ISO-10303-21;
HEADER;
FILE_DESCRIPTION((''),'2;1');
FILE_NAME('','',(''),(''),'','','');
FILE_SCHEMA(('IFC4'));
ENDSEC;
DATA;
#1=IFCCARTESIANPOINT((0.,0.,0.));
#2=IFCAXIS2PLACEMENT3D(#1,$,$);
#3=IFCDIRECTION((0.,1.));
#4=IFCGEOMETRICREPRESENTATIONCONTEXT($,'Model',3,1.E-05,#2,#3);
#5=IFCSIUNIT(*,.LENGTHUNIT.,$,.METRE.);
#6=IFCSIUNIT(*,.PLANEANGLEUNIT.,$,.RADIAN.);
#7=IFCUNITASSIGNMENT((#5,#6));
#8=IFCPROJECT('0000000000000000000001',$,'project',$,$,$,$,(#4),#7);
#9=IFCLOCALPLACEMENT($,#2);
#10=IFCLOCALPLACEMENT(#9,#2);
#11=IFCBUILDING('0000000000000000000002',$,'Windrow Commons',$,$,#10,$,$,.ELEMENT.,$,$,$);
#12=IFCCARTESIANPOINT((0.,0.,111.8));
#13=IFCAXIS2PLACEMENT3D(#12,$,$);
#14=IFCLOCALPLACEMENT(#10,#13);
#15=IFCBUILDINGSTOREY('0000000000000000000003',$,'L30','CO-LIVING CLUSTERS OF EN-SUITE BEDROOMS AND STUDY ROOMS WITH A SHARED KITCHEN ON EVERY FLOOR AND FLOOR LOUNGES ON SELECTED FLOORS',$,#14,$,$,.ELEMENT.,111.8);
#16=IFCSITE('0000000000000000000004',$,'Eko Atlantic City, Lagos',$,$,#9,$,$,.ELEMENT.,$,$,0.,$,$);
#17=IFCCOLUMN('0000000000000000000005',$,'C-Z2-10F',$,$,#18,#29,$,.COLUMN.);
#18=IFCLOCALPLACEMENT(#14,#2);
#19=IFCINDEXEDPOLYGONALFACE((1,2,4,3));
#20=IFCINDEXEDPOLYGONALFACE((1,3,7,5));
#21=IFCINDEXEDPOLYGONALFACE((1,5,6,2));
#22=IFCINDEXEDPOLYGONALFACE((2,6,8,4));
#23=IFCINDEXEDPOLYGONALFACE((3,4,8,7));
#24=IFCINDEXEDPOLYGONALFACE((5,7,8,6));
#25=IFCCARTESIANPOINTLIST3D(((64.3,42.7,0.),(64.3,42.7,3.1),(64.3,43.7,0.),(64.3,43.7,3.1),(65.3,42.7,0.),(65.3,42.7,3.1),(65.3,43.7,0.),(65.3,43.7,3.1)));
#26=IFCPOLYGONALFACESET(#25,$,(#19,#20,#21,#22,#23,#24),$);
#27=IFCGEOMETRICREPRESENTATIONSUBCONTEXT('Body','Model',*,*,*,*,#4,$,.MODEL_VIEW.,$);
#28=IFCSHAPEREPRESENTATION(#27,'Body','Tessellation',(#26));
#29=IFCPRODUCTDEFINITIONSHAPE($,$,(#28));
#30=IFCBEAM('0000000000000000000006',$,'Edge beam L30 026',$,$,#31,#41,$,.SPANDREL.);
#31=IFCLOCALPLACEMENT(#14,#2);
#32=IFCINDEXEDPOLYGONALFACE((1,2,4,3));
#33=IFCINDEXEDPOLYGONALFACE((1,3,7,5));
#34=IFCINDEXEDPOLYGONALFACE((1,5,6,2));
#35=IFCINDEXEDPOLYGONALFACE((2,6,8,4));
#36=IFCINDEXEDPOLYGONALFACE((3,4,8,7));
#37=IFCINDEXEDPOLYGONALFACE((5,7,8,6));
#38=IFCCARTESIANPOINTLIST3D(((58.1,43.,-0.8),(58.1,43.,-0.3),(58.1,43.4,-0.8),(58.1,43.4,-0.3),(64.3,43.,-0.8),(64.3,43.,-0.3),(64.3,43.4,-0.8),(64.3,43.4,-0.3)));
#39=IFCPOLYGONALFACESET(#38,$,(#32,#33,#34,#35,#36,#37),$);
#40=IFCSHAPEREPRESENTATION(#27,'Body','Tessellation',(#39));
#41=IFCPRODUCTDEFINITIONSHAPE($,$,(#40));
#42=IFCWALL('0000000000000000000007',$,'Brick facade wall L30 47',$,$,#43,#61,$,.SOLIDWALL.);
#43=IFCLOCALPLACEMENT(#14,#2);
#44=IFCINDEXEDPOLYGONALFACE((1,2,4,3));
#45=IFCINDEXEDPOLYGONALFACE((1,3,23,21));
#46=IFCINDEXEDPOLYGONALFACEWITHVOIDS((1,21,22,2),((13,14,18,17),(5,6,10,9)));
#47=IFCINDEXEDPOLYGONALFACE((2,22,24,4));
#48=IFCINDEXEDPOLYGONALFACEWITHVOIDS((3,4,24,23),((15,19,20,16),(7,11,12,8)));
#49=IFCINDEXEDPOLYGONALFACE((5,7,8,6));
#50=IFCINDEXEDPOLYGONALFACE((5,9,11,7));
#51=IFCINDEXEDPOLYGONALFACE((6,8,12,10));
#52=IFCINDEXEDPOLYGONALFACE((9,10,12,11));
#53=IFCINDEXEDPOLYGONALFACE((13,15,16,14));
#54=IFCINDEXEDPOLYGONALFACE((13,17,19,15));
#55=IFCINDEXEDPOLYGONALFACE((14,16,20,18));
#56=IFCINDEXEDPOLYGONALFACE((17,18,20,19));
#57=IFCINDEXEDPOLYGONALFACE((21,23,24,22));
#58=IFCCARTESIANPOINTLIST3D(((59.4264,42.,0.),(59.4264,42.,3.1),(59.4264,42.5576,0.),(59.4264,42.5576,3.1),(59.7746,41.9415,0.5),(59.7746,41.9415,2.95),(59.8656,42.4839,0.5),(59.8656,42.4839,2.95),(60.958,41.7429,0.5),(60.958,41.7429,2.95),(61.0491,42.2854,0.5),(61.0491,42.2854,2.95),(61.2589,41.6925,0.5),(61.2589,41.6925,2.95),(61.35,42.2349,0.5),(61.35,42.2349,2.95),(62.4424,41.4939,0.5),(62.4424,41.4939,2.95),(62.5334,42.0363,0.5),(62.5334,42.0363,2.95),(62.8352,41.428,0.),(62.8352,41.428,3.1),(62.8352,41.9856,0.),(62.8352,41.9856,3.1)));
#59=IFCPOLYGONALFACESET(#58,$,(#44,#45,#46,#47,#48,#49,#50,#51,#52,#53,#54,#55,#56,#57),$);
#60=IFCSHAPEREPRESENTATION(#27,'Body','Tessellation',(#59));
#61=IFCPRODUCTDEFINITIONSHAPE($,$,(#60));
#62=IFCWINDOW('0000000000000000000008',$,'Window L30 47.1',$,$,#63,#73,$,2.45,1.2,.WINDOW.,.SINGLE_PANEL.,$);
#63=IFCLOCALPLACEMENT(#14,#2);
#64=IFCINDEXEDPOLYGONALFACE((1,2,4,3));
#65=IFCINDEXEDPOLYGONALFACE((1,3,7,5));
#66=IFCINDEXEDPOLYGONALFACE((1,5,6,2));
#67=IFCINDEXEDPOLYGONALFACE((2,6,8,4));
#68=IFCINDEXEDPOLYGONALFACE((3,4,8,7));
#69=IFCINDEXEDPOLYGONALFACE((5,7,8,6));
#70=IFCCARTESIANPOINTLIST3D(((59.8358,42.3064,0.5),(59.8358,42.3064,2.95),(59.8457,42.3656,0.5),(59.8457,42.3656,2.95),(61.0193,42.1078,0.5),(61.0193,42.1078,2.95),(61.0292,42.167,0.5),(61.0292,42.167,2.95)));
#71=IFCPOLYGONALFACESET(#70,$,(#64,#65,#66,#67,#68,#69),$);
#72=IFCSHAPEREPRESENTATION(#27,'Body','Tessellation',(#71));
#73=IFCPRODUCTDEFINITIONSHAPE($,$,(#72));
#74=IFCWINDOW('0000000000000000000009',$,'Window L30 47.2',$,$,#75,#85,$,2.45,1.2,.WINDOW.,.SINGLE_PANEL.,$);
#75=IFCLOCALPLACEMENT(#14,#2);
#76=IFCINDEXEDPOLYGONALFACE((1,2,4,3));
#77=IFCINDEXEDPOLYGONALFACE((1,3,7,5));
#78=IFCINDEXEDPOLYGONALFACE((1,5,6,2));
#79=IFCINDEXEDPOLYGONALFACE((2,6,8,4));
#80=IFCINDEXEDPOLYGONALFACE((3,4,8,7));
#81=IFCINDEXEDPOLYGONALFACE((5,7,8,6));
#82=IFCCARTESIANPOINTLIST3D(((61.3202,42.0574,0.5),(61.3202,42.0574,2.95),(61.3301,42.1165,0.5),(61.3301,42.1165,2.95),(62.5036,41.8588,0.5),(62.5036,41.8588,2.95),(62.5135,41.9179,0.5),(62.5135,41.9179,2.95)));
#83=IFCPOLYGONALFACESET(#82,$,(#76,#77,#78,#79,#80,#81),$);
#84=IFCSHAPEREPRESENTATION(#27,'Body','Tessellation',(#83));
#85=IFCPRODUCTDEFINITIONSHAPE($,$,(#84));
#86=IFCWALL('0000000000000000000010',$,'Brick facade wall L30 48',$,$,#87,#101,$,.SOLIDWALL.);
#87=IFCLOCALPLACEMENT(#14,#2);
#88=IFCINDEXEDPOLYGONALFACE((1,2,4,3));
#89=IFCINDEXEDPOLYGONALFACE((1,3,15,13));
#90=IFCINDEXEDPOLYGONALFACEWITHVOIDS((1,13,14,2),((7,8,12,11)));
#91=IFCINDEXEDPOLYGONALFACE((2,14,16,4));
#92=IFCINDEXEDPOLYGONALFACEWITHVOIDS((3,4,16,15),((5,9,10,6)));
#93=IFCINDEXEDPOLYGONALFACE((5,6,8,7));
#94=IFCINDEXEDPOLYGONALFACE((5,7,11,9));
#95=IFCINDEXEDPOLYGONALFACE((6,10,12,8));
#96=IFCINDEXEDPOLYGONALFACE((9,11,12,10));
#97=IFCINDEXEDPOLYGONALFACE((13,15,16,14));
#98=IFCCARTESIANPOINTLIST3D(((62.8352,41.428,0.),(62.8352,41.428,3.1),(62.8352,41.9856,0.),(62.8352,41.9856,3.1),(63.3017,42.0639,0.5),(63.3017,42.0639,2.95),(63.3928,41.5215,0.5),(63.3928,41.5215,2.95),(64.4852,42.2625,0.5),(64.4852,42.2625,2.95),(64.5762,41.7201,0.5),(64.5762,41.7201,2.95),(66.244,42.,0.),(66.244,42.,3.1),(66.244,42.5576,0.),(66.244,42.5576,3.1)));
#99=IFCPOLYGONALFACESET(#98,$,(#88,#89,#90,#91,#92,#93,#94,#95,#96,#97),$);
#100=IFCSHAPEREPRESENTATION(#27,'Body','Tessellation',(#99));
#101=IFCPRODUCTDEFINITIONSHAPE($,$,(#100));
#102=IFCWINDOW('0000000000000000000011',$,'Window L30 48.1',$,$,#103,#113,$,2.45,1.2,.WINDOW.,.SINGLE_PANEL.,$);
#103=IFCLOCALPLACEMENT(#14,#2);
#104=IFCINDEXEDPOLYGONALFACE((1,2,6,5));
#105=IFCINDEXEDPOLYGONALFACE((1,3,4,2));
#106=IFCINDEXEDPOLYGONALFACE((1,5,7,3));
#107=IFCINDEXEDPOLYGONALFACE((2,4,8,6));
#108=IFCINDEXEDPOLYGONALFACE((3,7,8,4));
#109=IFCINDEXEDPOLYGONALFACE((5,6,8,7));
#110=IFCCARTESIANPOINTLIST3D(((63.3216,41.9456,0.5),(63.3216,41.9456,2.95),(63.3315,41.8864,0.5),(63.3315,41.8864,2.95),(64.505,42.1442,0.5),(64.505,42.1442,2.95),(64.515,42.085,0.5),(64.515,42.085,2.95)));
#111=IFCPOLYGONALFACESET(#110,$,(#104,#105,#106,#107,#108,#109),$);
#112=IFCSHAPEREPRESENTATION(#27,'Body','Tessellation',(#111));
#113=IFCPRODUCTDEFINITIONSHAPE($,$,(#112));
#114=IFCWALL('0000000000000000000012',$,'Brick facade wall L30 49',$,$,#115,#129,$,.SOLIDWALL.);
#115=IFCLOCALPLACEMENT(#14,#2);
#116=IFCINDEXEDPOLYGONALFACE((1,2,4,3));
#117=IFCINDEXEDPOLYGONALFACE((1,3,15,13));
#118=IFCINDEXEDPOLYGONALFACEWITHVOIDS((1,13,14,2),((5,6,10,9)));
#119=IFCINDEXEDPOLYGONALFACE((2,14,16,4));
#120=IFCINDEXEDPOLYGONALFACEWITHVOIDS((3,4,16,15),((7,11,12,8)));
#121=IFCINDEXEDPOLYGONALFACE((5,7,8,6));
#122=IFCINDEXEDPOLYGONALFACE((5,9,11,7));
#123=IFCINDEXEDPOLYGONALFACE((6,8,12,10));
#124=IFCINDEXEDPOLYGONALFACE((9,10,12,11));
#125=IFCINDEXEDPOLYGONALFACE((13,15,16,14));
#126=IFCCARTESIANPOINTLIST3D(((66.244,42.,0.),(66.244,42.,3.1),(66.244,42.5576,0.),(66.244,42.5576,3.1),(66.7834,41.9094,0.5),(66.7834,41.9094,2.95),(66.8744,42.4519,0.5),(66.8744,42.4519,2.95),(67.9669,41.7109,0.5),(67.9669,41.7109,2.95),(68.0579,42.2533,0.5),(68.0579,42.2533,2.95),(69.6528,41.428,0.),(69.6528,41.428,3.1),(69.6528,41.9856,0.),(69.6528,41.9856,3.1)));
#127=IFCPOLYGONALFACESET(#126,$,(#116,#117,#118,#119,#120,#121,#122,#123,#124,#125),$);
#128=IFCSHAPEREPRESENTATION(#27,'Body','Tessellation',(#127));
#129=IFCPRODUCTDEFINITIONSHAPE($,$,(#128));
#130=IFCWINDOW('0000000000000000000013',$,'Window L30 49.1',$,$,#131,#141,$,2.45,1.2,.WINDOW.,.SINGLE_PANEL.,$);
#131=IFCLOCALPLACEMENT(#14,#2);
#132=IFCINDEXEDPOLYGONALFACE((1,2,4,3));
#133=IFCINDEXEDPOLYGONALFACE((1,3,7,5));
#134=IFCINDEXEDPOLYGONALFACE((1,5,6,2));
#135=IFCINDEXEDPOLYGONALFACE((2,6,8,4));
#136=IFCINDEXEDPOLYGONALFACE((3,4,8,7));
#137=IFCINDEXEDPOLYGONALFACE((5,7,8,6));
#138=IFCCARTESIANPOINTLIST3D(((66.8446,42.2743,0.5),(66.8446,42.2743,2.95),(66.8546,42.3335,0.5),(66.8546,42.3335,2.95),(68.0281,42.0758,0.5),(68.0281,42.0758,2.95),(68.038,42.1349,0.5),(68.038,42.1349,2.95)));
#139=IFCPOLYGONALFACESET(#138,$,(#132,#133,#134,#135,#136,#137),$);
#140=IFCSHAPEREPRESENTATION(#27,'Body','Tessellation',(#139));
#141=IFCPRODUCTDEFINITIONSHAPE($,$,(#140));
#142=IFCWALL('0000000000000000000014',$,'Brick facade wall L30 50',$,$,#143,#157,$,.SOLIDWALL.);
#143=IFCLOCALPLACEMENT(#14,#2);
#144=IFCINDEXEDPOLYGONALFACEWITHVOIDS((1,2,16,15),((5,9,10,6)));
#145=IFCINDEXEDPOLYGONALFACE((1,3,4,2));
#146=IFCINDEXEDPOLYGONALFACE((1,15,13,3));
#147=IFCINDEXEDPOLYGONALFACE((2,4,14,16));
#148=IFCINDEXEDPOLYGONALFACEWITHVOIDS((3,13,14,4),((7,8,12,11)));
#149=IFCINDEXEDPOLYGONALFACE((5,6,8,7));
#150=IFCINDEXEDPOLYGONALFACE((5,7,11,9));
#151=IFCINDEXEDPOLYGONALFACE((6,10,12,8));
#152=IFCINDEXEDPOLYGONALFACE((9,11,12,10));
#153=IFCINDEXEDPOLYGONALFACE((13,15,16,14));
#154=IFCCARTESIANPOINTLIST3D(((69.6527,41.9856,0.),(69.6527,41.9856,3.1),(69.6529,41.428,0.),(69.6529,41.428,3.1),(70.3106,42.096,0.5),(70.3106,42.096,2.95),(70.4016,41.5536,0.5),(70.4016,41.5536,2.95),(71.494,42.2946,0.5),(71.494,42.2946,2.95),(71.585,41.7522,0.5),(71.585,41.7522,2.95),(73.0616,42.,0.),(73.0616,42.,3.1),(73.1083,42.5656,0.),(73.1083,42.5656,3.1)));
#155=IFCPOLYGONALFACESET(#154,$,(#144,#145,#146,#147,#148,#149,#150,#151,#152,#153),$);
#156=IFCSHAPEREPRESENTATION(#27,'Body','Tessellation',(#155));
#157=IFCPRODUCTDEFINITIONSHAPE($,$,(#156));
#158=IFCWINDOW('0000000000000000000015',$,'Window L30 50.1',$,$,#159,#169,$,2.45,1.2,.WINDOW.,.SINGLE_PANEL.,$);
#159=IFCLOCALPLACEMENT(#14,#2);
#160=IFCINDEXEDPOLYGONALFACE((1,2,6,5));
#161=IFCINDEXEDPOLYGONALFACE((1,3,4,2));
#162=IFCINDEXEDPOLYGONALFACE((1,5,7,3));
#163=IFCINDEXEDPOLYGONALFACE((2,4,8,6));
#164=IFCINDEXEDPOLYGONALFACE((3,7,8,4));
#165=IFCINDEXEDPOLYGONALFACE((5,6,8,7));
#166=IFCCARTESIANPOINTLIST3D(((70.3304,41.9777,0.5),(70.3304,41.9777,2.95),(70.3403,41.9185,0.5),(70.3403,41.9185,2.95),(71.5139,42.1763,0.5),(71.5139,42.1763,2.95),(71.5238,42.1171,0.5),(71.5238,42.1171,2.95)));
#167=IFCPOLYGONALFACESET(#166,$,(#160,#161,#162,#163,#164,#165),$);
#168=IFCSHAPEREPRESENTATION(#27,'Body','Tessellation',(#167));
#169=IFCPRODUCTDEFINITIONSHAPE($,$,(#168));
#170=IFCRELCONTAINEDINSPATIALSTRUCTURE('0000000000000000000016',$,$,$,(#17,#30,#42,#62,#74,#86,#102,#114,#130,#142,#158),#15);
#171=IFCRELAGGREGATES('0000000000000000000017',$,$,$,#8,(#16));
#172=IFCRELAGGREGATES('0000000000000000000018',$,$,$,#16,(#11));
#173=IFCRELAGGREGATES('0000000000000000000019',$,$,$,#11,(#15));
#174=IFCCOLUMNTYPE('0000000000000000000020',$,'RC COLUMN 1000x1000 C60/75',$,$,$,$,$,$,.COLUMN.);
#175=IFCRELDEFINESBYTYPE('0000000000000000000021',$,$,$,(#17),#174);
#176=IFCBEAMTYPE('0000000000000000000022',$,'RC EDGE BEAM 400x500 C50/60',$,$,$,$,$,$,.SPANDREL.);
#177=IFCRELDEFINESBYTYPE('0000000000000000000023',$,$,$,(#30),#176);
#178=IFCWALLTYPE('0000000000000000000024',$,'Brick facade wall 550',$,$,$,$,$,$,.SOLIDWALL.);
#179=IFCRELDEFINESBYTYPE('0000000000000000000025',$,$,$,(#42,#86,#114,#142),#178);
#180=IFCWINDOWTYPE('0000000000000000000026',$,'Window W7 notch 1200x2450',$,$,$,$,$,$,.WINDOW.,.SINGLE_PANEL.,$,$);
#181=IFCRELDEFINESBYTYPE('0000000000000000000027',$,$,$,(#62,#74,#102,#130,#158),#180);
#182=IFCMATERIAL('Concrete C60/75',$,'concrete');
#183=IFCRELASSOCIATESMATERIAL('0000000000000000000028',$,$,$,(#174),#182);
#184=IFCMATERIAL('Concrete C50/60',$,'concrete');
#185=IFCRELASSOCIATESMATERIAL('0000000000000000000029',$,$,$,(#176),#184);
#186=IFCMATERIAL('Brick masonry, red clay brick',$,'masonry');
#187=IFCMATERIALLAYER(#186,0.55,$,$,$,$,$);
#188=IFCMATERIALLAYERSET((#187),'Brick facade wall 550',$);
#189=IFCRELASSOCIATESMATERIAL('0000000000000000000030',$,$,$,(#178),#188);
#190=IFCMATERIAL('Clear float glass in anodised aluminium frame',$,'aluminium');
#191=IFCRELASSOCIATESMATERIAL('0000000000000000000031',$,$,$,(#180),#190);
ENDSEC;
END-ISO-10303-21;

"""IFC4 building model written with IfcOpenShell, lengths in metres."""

from ifc_helpers import new_model, si_unit, direction, frame, frame_2d, origin, origin_2d, place, context, subcontext, project, spatial, polyline, rectangle, outline, extrude, material, layer, layer_set, material_profile, profile_set, type_object, element, fill, save


model = new_model("IFC4")

# Units and contexts
model_context = context("Model", 3, precision=1e-05, world=origin(), true_north=direction((0.0, 1.0)))
body_context = subcontext(model_context, "Body", "Model", "MODEL_VIEW")
ifc_project = project(units=[si_unit("LENGTHUNIT", "METRE"), si_unit("PLANEANGLEUNIT", "RADIAN")], contexts=[model_context])

# Site, building, storey
site_placement = place(None, origin())
site = spatial("IfcSite", under=ifc_project, at=site_placement, Name="Eko Atlantic City, Lagos", CompositionType="ELEMENT", RefElevation=0.0)
building_placement = place(site_placement, origin())
building = spatial("IfcBuilding", under=site, at=building_placement, Name="Windrow Commons", CompositionType="ELEMENT")
storey_placement = place(building_placement, frame((0.0, 0.0, 111.8)))
storey = spatial("IfcBuildingStorey", under=building, at=storey_placement, Name="L30", Description="CO-LIVING CLUSTERS OF EN-SUITE BEDROOMS AND STUDY ROOMS WITH A SHARED KITCHEN ON EVERY FLOOR AND FLOOR LOUNGES ON SELECTED FLOORS", CompositionType="ELEMENT", Elevation=111.8)

# Column
ifc_material_1 = material(Name="Concrete C60/75", Category="concrete")
ifc_material_profile_1 = material_profile(ifc_material_1, rectangle(XDim=1.0, YDim=1.0, at=origin_2d()))
ifc_profile_set_1 = profile_set([ifc_material_profile_1], Name="Concrete C60/75")
column_type = type_object("IfcColumnType", Name="RC COLUMN 1000x1000 C60/75", PredefinedType="COLUMN", material=ifc_profile_set_1)
column_placement = place(storey_placement, frame((64.8, 43.2, 0.0), z_axis=(0.0, 0.0, 1.0), x_axis=(1.0, 0.0, 0.0)))
element("IfcColumn", 1, at=column_placement, inside=storey, type_object=column_type, Name="C-Z2-10F", PredefinedType="COLUMN", context=body_context, shape_type="SweptSolid", body=[
    extrude(rectangle(XDim=1.0, YDim=1.0, at=origin_2d()), origin(), (0.0, 0.0, 1.0), 3.1),
])

# Beam
ifc_material_2 = material(Name="Concrete C50/60", Category="concrete")
ifc_material_profile_2 = material_profile(ifc_material_2, rectangle(XDim=0.4, YDim=0.5, at=origin_2d()))
ifc_profile_set_2 = profile_set([ifc_material_profile_2], Name="Concrete C50/60")
beam_type = type_object("IfcBeamType", Name="RC EDGE BEAM 400x500 C50/60", PredefinedType="SPANDREL", material=ifc_profile_set_2)
beam_placement = place(storey_placement, frame((64.3, 43.2, -0.55), z_axis=(-1.0, 0.0, 0.0), x_axis=(0.0, -1.0, 0.0)))
element("IfcBeam", 2, at=beam_placement, inside=storey, type_object=beam_type, Name="Edge beam L30 026", PredefinedType="SPANDREL", context=body_context, shape_type="SweptSolid", body=[
    extrude(rectangle(XDim=0.4, YDim=0.5, at=origin_2d()), origin(), (0.0, 0.0, 1.0), 6.2),
])

# Wall, openings, windows
ifc_material_3 = material(Name="Brick masonry, red clay brick", Category="masonry")
ifc_layer_1 = layer(ifc_material_3, 0.55)
ifc_layer_set_1 = layer_set([ifc_layer_1], Name="Brick facade wall 550")
wall_type_1 = type_object("IfcWallType", Name="Brick facade wall 550", PredefinedType="SOLIDWALL", material=ifc_layer_set_1)
wall_1_placement = place(storey_placement, frame((59.4264, 42.2788, 0.0), z_axis=(0.0, 0.0, 1.0), x_axis=(0.986212, -0.165487, 0.0)))
wall_1 = element("IfcWall", 3, at=wall_1_placement, inside=storey, type_object=wall_type_1, Name="Brick facade wall L30 47", PredefinedType="SOLIDWALL", context=body_context, shape_type="SweptSolid", body=[
    extrude(outline(polyline([(0.0461, -0.275), (3.5026, -0.275), (3.4103, 0.275), (-0.0461, 0.275), (0.0461, -0.275)])), origin(), (0.0, 0.0, 1.0), 3.1),
])
opening_1_placement = place(wall_1_placement, frame((0.3992, 0.0, 0.5)))
opening_1 = element("IfcOpeningElement", 4, at=opening_1_placement, cuts=wall_1, PredefinedType="OPENING", context=body_context, shape_type="SweptSolid", body=[
    extrude(rectangle(XDim=1.2, YDim=2.45, at=frame_2d((0.6, 1.225))), frame((0.0, 0.285, 0.0), z_axis=(0.0, -1.0, 0.0), x_axis=(1.0, 0.0, 0.0)), (0.0, 0.0, 1.0), 0.57),
])
opening_2_placement = place(wall_1_placement, frame((1.9043, 0.0, 0.5)))
opening_2 = element("IfcOpeningElement", 5, at=opening_2_placement, cuts=wall_1, PredefinedType="OPENING", context=body_context, shape_type="SweptSolid", body=[
    extrude(rectangle(XDim=1.2, YDim=2.45, at=frame_2d((0.6, 1.225))), frame((0.0, 0.285, 0.0), z_axis=(0.0, -1.0, 0.0), x_axis=(1.0, 0.0, 0.0)), (0.0, 0.0, 1.0), 0.57),
])
ifc_material_4 = material(Name="Clear float glass in anodised aluminium frame", Category="aluminium")
window_type = type_object("IfcWindowType", Name="Window W7 notch 1200x2450", PartitioningType="SINGLE_PANEL", PredefinedType="WINDOW", material=ifc_material_4)
window_1_placement = place(opening_1_placement, origin())
window_1 = element("IfcWindow", 6, at=window_1_placement, inside=storey, type_object=window_type, Name="Window L30 47.1", OverallHeight=2.45, OverallWidth=1.2, PartitioningType="SINGLE_PANEL", PredefinedType="WINDOW", context=body_context, shape_type="SweptSolid", body=[
    extrude(rectangle(XDim=1.2, YDim=2.45, at=frame_2d((0.6, 1.225))), frame((0.0, 0.155, 0.0), z_axis=(0.0, -1.0, 0.0), x_axis=(1.0, 0.0, 0.0)), (0.0, 0.0, 1.0), 0.06),
])
fill(opening_1, window_1)
window_2_placement = place(opening_2_placement, origin())
window_2 = element("IfcWindow", 7, at=window_2_placement, inside=storey, type_object=window_type, Name="Window L30 47.2", OverallHeight=2.45, OverallWidth=1.2, PartitioningType="SINGLE_PANEL", PredefinedType="WINDOW", context=body_context, shape_type="SweptSolid", body=[
    extrude(rectangle(XDim=1.2, YDim=2.45, at=frame_2d((0.6, 1.225))), frame((0.0, 0.155, 0.0), z_axis=(0.0, -1.0, 0.0), x_axis=(1.0, 0.0, 0.0)), (0.0, 0.0, 1.0), 0.06),
])
fill(opening_2, window_2)

# Walls, openings, windows
wall_2_placement = place(storey_placement, frame((62.8352, 41.7068, 0.0), z_axis=(0.0, 0.0, 1.0), x_axis=(0.986212, 0.165487, 0.0)))
wall_2 = element("IfcWall", 8, at=wall_2_placement, inside=storey, type_object=wall_type_1, Name="Brick facade wall L30 48", PredefinedType="SOLIDWALL", context=body_context, shape_type="SweptSolid", body=[
    extrude(outline(polyline([(-0.0461, -0.275), (3.4103, -0.275), (3.5026, 0.275), (0.0461, 0.275), (-0.0461, -0.275)])), origin(), (0.0, 0.0, 1.0), 3.1),
])
opening_3_placement = place(wall_2_placement, frame((0.5192, 0.0, 0.5)))
opening_3 = element("IfcOpeningElement", 9, at=opening_3_placement, cuts=wall_2, PredefinedType="OPENING", context=body_context, shape_type="SweptSolid", body=[
    extrude(rectangle(XDim=1.2, YDim=2.45, at=frame_2d((0.6, 1.225))), frame((0.0, 0.285, 0.0), z_axis=(0.0, -1.0, 0.0), x_axis=(1.0, 0.0, 0.0)), (0.0, 0.0, 1.0), 0.57),
])
window_3_placement = place(opening_3_placement, origin())
window_3 = element("IfcWindow", 10, at=window_3_placement, inside=storey, type_object=window_type, Name="Window L30 48.1", OverallHeight=2.45, OverallWidth=1.2, PartitioningType="SINGLE_PANEL", PredefinedType="WINDOW", context=body_context, shape_type="SweptSolid", body=[
    extrude(rectangle(XDim=1.2, YDim=2.45, at=frame_2d((0.6, 1.225))), frame((0.0, 0.155, 0.0), z_axis=(0.0, -1.0, 0.0), x_axis=(1.0, 0.0, 0.0)), (0.0, 0.0, 1.0), 0.06),
])
fill(opening_3, window_3)
wall_3_placement = place(storey_placement, frame((66.244, 42.2788, 0.0), z_axis=(0.0, 0.0, 1.0), x_axis=(0.986212, -0.165487, 0.0)))
wall_3 = element("IfcWall", 11, at=wall_3_placement, inside=storey, type_object=wall_type_1, Name="Brick facade wall L30 49", PredefinedType="SOLIDWALL", context=body_context, shape_type="SweptSolid", body=[
    extrude(outline(polyline([(0.0461, -0.275), (3.5026, -0.275), (3.4103, 0.275), (-0.0461, 0.275), (0.0461, -0.275)])), origin(), (0.0, 0.0, 1.0), 3.1),
])
opening_4_placement = place(wall_3_placement, frame((0.5931, 0.0, 0.5)))
opening_4 = element("IfcOpeningElement", 12, at=opening_4_placement, cuts=wall_3, PredefinedType="OPENING", context=body_context, shape_type="SweptSolid", body=[
    extrude(rectangle(XDim=1.2, YDim=2.45, at=frame_2d((0.6, 1.225))), frame((0.0, 0.285, 0.0), z_axis=(0.0, -1.0, 0.0), x_axis=(1.0, 0.0, 0.0)), (0.0, 0.0, 1.0), 0.57),
])
window_4_placement = place(opening_4_placement, origin())
window_4 = element("IfcWindow", 13, at=window_4_placement, inside=storey, type_object=window_type, Name="Window L30 49.1", OverallHeight=2.45, OverallWidth=1.2, PartitioningType="SINGLE_PANEL", PredefinedType="WINDOW", context=body_context, shape_type="SweptSolid", body=[
    extrude(rectangle(XDim=1.2, YDim=2.45, at=frame_2d((0.6, 1.225))), frame((0.0, 0.155, 0.0), z_axis=(0.0, -1.0, 0.0), x_axis=(1.0, 0.0, 0.0)), (0.0, 0.0, 1.0), 0.06),
])
fill(opening_4, window_4)
wall_4_placement = place(storey_placement, frame((69.6528, 41.7068, 0.0), z_axis=(0.0, 0.0, 1.0), x_axis=(0.986208, 0.165508, 0.0)))
wall_4 = element("IfcWall", 14, at=wall_4_placement, inside=storey, type_object=wall_type_1, Name="Brick facade wall L30 50", PredefinedType="SOLIDWALL", context=body_context, shape_type="SweptSolid", body=[
    extrude(outline(polyline([(-0.0461, -0.275), (3.4103, -0.275), (3.55, 0.275), (0.0461, 0.275), (-0.0461, -0.275)])), origin(), (0.0, 0.0, 1.0), 3.1),
])
opening_5_placement = place(wall_4_placement, frame((0.7131, 0.0, 0.5)))
opening_5 = element("IfcOpeningElement", 15, at=opening_5_placement, cuts=wall_4, PredefinedType="OPENING", context=body_context, shape_type="SweptSolid", body=[
    extrude(rectangle(XDim=1.2, YDim=2.45, at=frame_2d((0.6, 1.225))), frame((0.0, 0.285, 0.0), z_axis=(0.0, -1.0, 0.0), x_axis=(1.0, 0.0, 0.0)), (0.0, 0.0, 1.0), 0.57),
])
window_5_placement = place(opening_5_placement, origin())
window_5 = element("IfcWindow", 16, at=window_5_placement, inside=storey, type_object=window_type, Name="Window L30 50.1", OverallHeight=2.45, OverallWidth=1.2, PartitioningType="SINGLE_PANEL", PredefinedType="WINDOW", context=body_context, shape_type="SweptSolid", body=[
    extrude(rectangle(XDim=1.2, YDim=2.45, at=frame_2d((0.6, 1.225))), frame((0.0, 0.155, 0.0), z_axis=(0.0, -1.0, 0.0), x_axis=(1.0, 0.0, 0.0)), (0.0, 0.0, 1.0), 0.06),
])
fill(opening_5, window_5)

save(model, "model.ifc")
